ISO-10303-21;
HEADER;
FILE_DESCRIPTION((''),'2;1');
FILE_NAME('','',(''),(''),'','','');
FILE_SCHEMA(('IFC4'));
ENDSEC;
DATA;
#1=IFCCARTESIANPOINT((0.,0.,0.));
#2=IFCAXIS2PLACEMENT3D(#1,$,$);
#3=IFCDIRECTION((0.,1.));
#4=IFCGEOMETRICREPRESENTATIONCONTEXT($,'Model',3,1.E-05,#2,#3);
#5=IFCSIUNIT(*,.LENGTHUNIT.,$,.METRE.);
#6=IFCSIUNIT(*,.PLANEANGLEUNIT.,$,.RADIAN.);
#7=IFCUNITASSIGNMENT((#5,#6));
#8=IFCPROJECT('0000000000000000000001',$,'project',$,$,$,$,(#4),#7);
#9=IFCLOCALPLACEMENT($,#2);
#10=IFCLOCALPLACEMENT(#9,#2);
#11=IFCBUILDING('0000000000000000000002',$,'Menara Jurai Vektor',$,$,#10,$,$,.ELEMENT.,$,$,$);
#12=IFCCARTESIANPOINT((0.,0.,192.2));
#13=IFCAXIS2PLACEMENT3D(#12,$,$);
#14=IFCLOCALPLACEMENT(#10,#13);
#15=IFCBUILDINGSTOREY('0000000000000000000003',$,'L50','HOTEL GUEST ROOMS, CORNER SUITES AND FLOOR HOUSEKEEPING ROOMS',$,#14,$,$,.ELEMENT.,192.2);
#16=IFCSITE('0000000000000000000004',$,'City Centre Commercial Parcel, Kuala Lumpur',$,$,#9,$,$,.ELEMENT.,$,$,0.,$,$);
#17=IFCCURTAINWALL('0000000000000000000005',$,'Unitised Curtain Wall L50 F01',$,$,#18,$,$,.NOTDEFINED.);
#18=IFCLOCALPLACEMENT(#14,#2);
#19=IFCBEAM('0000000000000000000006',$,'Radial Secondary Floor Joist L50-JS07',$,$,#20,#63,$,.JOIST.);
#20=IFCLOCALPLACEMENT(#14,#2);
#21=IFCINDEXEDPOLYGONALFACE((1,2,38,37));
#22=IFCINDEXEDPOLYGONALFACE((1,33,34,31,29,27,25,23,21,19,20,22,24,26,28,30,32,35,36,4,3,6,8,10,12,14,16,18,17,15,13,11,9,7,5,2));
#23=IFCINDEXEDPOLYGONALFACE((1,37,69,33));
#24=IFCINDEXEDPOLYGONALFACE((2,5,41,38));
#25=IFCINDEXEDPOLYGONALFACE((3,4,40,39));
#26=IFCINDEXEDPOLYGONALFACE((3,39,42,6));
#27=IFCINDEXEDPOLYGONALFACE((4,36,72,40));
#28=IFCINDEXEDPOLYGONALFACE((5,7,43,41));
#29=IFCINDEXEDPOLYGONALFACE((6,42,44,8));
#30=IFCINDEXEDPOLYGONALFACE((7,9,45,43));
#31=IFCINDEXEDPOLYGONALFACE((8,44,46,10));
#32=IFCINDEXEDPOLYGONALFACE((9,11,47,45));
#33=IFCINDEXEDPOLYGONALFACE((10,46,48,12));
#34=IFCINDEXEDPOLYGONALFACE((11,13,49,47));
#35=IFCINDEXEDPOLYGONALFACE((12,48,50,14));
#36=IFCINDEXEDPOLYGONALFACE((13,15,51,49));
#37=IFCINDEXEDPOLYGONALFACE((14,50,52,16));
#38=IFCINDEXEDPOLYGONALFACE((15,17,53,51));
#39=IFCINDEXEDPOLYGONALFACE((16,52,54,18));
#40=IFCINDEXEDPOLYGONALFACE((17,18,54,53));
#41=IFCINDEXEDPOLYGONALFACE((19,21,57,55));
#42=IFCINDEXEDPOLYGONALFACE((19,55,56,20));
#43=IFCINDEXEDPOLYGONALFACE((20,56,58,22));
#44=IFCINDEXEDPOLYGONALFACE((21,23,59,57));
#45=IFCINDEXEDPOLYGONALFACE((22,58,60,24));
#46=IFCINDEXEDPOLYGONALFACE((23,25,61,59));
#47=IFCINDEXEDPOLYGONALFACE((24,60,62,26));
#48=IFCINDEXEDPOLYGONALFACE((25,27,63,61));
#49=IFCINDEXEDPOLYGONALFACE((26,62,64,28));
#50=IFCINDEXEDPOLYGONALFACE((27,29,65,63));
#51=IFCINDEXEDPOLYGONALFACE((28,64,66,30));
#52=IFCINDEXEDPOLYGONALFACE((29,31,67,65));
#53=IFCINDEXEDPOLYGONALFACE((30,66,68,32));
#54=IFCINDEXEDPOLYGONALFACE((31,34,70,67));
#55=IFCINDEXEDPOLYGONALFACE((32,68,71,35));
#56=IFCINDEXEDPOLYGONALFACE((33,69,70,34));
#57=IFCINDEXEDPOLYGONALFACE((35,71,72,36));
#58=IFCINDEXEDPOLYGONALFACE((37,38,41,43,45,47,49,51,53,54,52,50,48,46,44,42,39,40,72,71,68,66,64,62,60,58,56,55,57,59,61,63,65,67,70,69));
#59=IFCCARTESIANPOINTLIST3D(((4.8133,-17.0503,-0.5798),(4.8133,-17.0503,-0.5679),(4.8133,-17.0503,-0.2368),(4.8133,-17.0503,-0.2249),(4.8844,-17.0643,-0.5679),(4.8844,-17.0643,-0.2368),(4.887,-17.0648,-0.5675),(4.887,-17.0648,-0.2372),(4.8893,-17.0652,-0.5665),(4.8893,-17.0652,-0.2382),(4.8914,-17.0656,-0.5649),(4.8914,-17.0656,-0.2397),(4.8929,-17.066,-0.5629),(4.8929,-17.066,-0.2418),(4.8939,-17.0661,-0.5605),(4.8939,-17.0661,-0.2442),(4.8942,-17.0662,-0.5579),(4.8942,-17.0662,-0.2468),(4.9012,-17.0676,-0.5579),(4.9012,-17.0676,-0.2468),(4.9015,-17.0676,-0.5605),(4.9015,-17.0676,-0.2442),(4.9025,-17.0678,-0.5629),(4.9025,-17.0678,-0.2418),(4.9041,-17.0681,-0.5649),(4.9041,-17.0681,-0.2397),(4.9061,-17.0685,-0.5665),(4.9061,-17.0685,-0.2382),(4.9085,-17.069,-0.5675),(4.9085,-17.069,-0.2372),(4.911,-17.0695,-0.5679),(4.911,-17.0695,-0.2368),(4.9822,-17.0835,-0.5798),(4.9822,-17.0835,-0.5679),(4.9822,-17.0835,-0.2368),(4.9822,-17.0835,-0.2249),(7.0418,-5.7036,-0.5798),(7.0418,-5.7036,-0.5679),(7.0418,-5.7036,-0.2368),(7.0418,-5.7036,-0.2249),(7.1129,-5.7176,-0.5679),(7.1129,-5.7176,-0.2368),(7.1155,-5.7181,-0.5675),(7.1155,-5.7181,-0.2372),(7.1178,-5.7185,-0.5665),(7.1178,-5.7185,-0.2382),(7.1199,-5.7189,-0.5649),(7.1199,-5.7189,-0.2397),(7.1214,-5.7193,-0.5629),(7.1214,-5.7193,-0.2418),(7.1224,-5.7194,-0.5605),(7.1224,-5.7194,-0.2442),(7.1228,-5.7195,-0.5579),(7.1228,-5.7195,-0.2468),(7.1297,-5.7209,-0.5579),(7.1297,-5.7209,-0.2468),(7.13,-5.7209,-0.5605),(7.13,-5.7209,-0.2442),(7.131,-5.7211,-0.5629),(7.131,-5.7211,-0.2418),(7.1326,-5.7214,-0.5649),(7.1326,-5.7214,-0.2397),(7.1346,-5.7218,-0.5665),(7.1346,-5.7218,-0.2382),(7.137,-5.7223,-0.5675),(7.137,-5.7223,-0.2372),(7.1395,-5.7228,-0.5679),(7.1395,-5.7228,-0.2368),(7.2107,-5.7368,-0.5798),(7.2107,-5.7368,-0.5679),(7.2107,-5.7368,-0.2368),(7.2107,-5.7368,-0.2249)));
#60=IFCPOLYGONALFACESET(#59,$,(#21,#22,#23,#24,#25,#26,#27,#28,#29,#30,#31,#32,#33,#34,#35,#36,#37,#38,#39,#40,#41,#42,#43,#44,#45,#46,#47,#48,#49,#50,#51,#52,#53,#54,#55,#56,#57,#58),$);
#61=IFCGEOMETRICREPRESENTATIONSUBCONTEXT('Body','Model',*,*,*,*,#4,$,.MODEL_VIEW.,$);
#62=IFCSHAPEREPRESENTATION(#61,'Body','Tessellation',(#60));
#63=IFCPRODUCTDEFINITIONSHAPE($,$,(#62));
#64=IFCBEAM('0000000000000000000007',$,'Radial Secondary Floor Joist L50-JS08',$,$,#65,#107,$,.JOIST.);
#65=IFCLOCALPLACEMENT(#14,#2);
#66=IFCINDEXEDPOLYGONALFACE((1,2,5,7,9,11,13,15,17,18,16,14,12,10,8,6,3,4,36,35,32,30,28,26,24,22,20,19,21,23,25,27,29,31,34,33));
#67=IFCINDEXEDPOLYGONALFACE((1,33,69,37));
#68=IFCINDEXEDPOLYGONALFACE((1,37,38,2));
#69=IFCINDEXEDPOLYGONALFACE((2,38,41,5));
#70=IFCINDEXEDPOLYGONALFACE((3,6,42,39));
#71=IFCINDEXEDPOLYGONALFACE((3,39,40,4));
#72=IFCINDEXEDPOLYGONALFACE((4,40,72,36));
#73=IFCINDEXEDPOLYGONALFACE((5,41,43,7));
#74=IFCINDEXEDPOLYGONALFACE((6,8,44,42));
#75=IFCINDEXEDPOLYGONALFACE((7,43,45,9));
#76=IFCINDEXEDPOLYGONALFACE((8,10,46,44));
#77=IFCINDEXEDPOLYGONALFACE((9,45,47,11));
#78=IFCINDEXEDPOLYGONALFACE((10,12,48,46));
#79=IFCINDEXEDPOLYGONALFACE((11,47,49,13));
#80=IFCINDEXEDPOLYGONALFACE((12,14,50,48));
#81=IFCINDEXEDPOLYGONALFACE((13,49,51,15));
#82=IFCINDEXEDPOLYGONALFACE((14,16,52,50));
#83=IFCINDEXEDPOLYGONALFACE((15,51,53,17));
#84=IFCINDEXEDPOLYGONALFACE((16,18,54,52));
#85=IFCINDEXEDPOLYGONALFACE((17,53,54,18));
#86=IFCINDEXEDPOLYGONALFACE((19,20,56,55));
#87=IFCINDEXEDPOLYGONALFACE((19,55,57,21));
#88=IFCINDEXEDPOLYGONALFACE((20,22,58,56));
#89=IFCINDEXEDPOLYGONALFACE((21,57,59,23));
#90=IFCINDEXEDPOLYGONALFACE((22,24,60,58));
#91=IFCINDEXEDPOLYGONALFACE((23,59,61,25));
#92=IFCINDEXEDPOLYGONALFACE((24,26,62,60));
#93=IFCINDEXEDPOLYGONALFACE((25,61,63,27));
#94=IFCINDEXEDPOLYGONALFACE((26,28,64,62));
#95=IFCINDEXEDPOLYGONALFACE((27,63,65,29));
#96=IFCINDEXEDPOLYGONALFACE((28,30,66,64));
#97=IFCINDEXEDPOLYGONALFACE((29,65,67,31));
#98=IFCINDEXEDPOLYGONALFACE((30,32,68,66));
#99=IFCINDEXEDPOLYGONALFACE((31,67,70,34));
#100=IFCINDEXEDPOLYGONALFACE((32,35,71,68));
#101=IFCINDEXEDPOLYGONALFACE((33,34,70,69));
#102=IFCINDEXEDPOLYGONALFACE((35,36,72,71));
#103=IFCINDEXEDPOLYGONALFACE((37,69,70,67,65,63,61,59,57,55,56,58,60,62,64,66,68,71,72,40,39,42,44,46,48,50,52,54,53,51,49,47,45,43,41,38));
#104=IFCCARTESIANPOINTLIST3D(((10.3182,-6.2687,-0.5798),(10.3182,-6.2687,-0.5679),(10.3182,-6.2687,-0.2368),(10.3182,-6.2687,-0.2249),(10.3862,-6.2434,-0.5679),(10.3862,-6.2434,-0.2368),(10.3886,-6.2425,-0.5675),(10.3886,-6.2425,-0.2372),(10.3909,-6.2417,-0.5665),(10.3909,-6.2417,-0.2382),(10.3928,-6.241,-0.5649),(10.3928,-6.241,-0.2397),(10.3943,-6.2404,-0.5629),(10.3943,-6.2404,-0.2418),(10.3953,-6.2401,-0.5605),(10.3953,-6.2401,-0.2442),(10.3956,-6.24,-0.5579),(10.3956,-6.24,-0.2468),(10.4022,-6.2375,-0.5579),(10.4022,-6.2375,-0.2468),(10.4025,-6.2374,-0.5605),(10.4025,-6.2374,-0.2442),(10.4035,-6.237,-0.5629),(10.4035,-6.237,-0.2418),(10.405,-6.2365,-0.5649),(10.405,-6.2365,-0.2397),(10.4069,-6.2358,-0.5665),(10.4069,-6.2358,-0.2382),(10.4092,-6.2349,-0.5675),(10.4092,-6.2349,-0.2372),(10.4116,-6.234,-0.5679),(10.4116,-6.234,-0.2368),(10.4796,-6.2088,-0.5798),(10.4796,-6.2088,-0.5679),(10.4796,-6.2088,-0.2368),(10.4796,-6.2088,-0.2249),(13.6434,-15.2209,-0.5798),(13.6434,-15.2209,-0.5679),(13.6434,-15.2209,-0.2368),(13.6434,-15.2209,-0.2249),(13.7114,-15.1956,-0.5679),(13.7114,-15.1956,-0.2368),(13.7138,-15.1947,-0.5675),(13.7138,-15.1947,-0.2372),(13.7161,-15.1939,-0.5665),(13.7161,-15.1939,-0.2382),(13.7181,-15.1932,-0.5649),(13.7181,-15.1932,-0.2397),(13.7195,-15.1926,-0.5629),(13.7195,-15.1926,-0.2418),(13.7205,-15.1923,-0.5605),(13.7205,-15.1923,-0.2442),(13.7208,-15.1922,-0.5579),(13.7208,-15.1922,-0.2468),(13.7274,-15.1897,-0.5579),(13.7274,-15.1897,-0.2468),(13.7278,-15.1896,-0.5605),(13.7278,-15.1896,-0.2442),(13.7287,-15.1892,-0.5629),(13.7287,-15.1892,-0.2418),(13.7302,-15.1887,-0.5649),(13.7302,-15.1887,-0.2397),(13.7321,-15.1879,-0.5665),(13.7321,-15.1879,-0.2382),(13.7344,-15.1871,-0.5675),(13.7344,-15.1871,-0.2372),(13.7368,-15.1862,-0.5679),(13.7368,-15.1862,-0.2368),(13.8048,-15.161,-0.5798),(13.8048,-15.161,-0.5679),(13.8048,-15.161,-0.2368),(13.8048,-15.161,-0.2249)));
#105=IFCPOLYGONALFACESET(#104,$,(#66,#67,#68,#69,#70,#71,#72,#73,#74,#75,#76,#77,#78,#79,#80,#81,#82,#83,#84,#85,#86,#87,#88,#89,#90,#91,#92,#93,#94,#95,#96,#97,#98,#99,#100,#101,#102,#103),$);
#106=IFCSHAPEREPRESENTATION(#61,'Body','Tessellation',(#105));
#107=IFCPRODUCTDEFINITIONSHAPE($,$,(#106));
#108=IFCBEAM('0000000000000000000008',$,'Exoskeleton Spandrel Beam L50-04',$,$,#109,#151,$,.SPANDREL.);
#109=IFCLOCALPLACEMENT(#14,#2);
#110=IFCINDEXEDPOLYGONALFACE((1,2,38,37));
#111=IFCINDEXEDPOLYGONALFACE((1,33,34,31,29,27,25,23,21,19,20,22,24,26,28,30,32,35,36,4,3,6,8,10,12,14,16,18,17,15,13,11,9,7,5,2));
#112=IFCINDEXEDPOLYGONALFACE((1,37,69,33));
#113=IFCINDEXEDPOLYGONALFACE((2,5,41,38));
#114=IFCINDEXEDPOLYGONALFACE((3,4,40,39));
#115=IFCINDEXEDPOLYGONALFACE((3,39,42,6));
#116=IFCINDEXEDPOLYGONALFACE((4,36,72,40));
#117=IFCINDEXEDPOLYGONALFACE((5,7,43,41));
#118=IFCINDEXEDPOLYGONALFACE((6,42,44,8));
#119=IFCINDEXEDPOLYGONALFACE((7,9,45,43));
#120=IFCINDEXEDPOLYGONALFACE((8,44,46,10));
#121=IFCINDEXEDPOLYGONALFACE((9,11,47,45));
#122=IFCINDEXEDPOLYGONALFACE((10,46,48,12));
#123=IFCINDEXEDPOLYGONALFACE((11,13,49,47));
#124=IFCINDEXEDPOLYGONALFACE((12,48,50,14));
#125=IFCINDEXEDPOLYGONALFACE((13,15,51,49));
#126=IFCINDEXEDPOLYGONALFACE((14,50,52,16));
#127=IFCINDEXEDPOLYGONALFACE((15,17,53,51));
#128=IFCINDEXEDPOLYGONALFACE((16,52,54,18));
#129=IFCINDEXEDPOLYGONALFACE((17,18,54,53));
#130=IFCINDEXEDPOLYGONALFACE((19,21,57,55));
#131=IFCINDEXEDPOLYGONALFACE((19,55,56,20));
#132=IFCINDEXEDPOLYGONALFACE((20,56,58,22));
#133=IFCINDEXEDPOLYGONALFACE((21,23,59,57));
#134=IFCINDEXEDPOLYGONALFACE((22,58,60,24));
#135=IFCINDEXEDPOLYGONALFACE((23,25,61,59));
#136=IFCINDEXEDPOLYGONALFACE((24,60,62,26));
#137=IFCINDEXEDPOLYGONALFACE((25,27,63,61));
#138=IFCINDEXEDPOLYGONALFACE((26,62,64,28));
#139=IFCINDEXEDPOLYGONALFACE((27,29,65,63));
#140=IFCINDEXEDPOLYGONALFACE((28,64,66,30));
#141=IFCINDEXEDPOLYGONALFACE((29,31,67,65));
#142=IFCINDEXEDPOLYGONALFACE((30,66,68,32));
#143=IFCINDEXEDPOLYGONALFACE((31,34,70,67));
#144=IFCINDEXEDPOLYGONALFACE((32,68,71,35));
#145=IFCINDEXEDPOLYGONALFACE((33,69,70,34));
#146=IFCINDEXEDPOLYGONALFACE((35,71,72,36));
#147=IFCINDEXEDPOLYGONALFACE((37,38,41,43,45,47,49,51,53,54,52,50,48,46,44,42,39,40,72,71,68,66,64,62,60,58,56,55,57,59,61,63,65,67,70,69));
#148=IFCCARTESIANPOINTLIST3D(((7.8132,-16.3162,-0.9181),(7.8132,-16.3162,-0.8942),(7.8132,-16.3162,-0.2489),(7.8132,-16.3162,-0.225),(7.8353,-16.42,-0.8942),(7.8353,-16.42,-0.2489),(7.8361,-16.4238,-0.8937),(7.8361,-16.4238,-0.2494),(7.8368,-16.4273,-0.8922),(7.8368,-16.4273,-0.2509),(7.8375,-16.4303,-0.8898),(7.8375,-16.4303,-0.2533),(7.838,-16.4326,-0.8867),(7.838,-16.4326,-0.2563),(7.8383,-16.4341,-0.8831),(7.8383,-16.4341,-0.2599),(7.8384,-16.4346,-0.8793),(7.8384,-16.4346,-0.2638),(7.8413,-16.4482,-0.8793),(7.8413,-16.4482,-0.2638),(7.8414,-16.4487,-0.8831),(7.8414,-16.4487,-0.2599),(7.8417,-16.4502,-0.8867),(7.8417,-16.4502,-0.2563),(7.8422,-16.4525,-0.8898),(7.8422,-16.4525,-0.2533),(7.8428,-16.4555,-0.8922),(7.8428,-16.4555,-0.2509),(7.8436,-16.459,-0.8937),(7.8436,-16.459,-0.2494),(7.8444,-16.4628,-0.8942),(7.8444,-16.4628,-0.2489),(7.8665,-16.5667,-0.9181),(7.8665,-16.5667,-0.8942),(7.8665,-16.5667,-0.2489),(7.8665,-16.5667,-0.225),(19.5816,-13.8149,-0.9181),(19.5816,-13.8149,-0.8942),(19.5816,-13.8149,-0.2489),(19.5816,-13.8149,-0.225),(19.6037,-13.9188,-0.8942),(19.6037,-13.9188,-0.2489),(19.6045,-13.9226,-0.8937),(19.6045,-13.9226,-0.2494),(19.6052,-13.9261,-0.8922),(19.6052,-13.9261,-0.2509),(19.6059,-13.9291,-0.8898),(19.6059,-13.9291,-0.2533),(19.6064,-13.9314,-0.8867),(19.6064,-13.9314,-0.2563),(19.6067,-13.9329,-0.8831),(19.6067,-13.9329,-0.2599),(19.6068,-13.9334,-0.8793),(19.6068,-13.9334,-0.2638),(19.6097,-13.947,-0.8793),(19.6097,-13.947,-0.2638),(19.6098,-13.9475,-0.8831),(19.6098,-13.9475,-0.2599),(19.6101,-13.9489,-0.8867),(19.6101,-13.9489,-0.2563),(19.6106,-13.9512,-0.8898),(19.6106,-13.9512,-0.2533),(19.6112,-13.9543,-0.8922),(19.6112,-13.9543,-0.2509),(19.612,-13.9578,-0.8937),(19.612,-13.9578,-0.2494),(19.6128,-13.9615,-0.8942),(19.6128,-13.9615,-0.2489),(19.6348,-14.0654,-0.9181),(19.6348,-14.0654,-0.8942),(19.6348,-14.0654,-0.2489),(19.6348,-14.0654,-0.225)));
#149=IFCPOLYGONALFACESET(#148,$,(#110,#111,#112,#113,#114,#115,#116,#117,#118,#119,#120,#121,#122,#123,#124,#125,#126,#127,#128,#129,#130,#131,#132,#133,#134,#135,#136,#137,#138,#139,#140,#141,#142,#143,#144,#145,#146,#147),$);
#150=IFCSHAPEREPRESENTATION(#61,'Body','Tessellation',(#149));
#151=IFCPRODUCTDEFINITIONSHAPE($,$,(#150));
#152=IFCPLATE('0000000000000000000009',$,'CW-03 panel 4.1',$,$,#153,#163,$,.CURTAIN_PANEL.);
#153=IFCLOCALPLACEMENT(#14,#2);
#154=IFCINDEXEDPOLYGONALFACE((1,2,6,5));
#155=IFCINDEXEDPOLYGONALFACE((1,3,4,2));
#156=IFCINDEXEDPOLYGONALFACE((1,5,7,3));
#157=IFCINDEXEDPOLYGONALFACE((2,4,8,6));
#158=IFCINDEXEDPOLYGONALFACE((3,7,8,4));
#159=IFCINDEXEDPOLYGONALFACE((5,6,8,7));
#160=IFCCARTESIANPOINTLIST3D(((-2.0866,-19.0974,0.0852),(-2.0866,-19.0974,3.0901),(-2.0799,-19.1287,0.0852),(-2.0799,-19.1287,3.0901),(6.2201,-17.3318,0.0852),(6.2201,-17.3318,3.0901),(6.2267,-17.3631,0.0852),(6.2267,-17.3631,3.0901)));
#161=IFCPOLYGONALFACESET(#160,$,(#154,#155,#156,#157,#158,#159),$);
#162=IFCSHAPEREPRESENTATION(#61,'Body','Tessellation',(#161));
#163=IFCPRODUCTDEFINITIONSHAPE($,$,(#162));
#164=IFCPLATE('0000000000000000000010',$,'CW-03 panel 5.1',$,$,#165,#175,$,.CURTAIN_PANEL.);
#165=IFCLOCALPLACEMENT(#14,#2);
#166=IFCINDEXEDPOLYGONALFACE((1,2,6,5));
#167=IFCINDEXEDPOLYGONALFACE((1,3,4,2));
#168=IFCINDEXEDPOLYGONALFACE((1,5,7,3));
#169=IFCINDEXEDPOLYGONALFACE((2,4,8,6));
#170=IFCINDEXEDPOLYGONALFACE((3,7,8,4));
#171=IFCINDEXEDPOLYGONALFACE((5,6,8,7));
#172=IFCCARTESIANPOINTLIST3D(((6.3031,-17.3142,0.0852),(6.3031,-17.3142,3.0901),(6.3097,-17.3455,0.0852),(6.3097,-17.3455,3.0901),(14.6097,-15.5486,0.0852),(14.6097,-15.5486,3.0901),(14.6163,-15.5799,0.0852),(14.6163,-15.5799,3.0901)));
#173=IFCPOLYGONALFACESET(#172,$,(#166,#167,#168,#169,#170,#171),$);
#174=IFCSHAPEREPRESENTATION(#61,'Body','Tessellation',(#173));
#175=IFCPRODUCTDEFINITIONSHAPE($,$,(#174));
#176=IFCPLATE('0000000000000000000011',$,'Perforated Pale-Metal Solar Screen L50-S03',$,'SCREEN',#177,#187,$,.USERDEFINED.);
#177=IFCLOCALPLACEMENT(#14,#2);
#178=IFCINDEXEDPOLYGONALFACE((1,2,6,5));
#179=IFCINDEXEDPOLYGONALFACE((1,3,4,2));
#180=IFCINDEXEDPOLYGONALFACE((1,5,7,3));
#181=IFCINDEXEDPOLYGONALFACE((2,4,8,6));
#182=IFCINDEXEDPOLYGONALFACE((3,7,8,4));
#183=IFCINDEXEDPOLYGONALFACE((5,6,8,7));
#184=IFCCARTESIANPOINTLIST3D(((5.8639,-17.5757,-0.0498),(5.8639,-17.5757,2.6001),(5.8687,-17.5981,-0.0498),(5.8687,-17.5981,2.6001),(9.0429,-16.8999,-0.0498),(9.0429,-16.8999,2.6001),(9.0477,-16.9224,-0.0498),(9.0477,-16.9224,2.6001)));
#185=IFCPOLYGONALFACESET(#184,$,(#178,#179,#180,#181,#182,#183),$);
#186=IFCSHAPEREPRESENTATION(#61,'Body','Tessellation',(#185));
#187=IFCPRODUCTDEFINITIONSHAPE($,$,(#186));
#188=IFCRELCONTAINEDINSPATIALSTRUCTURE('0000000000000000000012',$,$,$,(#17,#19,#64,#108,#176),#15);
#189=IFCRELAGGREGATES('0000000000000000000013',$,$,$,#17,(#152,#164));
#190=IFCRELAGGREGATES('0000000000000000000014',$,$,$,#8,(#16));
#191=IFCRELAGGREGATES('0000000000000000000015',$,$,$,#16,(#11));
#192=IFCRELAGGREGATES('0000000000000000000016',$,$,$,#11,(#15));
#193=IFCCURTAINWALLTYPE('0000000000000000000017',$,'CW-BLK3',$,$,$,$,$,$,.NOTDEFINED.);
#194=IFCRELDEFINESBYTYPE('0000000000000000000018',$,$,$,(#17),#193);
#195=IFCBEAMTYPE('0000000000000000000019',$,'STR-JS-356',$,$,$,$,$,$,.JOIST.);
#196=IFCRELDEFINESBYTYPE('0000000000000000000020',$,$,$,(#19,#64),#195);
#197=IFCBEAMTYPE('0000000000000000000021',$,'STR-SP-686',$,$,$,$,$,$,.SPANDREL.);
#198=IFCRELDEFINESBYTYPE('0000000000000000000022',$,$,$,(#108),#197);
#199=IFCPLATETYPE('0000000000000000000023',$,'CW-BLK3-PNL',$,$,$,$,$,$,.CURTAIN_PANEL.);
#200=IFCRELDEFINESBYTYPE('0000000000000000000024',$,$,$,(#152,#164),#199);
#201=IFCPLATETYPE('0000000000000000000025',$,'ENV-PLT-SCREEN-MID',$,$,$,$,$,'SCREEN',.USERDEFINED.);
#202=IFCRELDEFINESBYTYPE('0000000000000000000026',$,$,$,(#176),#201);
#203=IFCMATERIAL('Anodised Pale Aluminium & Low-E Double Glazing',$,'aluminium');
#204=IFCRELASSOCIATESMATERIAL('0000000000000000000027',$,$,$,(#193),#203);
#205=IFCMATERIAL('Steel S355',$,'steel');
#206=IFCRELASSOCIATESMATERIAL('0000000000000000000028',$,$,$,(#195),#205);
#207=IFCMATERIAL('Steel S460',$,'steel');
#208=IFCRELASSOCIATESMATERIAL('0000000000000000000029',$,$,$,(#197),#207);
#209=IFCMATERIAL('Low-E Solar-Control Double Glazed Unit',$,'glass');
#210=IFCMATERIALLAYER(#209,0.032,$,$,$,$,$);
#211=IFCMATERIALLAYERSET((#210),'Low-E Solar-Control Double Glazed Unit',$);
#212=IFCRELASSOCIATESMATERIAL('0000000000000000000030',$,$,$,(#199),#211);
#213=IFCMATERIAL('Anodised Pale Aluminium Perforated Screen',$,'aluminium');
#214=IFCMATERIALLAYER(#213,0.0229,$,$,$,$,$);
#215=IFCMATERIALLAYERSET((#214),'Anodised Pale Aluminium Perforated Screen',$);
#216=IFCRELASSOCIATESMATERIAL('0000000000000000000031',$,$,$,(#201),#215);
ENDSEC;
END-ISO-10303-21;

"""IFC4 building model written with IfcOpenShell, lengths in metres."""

from ifc_helpers import new_model, si_unit, direction, frame, origin, origin_2d, place, context, subcontext, project, spatial, rectangle, i_section, extrude, material, layer, layer_set, material_profile, profile_set, type_object, element, aggregate, save


model = new_model("IFC4")

# Units and contexts
model_context = context("Model", 3, precision=1e-05, world=origin(), true_north=direction((0.0, 1.0)))
body_context = subcontext(model_context, "Body", "Model", "MODEL_VIEW")
ifc_project = project(units=[si_unit("LENGTHUNIT", "METRE"), si_unit("PLANEANGLEUNIT", "RADIAN")], contexts=[model_context])

# Site, building, storey
site_placement = place(None, origin())
site = spatial("IfcSite", under=ifc_project, at=site_placement, Name="City Centre Commercial Parcel, Kuala Lumpur", CompositionType="ELEMENT", RefElevation=0.0)
building_placement = place(site_placement, origin())
building = spatial("IfcBuilding", under=site, at=building_placement, Name="Menara Jurai Vektor", CompositionType="ELEMENT")
storey_placement = place(building_placement, frame((0.0, 0.0, 192.2)))
storey = spatial("IfcBuildingStorey", under=building, at=storey_placement, Name="L50", Description="HOTEL GUEST ROOMS, CORNER SUITES AND FLOOR HOUSEKEEPING ROOMS", CompositionType="ELEMENT", Elevation=192.2)

# Shared definitions
ifc_material_1 = material(Name="Steel S460", Category="steel")

# Curtain wall
ifc_material_2 = material(Name="Anodised Pale Aluminium & Low-E Double Glazing", Category="aluminium")
curtain_wall_type = type_object("IfcCurtainWallType", Name="CW-BLK3", PredefinedType="NOTDEFINED", material=ifc_material_2)
curtain_wall_placement = place(storey_placement, origin())
curtain_wall = element("IfcCurtainWall", 1, at=curtain_wall_placement, inside=storey, type_object=curtain_wall_type, Name="Unitised Curtain Wall L50 F01", PredefinedType="NOTDEFINED")

# Beams
ifc_material_3 = material(Name="Steel S355", Category="steel")
ifc_material_profile_1 = material_profile(ifc_material_3, i_section(OverallWidth=0.1721, OverallDepth=0.355, WebThickness=0.0071, FlangeThickness=0.012, FilletRadius=0.01, at=origin_2d()), Name="UKB 356x171x51")
ifc_profile_set_1 = profile_set([ifc_material_profile_1], Name="Steel S355")
beam_type_1 = type_object("IfcBeamType", Name="STR-JS-356", PredefinedType="JOIST", material=ifc_profile_set_1)
beam_1_placement = place(storey_placement, frame((4.8977, -17.0669, -0.4023), z_axis=(0.192721, 0.981254, 0.0), x_axis=(-0.981254, 0.192721, 0.0)))
element("IfcBeam", 2, at=beam_1_placement, inside=storey, type_object=beam_type_1, Name="Radial Secondary Floor Joist L50-JS07", PredefinedType="JOIST", context=body_context, shape_type="SweptSolid", body=[
    extrude(i_section(OverallWidth=0.1721, OverallDepth=0.355, WebThickness=0.0071, FlangeThickness=0.012, FilletRadius=0.01, at=origin_2d()), origin(), (0.0, 0.0, 1.0), 11.5635),
])
beam_2_placement = place(storey_placement, frame((13.7241, -15.1909, -0.4023), z_axis=(-0.348197, 0.937421, 0.0), x_axis=(-0.937421, -0.348197, 0.0)))
element("IfcBeam", 3, at=beam_2_placement, inside=storey, type_object=beam_type_1, Name="Radial Secondary Floor Joist L50-JS08", PredefinedType="JOIST", context=body_context, shape_type="SweptSolid", body=[
    extrude(i_section(OverallWidth=0.1721, OverallDepth=0.355, WebThickness=0.0071, FlangeThickness=0.012, FilletRadius=0.01, at=origin_2d()), origin(), (0.0, 0.0, 1.0), 9.5498),
])
ifc_material_profile_2 = material_profile(ifc_material_1, i_section(OverallWidth=0.2561, OverallDepth=0.6931, WebThickness=0.0139, FlangeThickness=0.0239, FilletRadius=0.0149, at=origin_2d()), Name="UKB 686x254x170")
ifc_profile_set_2 = profile_set([ifc_material_profile_2], Name="Steel S460")
beam_type_2 = type_object("IfcBeamType", Name="STR-SP-686", PredefinedType="SPANDREL", material=ifc_profile_set_2)
beam_3_placement = place(storey_placement, frame((7.8398, -16.4414, -0.5715), z_axis=(0.978151, 0.207895, 0.0), x_axis=(-0.207895, 0.978151, 0.0)))
element("IfcBeam", 4, at=beam_3_placement, inside=storey, type_object=beam_type_2, Name="Exoskeleton Spandrel Beam L50-04", PredefinedType="SPANDREL", context=body_context, shape_type="SweptSolid", body=[
    extrude(i_section(OverallWidth=0.2561, OverallDepth=0.6931, WebThickness=0.0139, FlangeThickness=0.0239, FilletRadius=0.0149, at=origin_2d()), origin(), (0.0, 0.0, 1.0), 12.0312),
])

# Plates
ifc_material_4 = material(Name="Low-E Solar-Control Double Glazed Unit", Category="glass")
ifc_layer_1 = layer(ifc_material_4, 0.032)
ifc_layer_set_1 = layer_set([ifc_layer_1], Name="Low-E Solar-Control Double Glazed Unit")
plate_type_1 = type_object("IfcPlateType", Name="CW-BLK3-PNL", PredefinedType="CURTAIN_PANEL", material=ifc_layer_set_1)
plate_1_placement = place(storey_placement, frame((2.0701, -18.2302, 0.0852), z_axis=(0.0, 0.0, 1.0), x_axis=(0.978148, 0.207911, 0.0)))
plate_1 = element("IfcPlate", 5, at=plate_1_placement, type_object=plate_type_1, Name="CW-03 panel 4.1", PredefinedType="CURTAIN_PANEL", context=body_context, shape_type="SweptSolid", body=[
    extrude(rectangle(XDim=8.4922, YDim=0.032, at=origin_2d()), origin(), (0.0, 0.0, 1.0), 3.0049),
])
plate_2_placement = place(storey_placement, frame((10.4597, -16.447, 0.0852), z_axis=(0.0, 0.0, 1.0), x_axis=(0.978148, 0.207911, 0.0)))
plate_2 = element("IfcPlate", 6, at=plate_2_placement, type_object=plate_type_1, Name="CW-03 panel 5.1", PredefinedType="CURTAIN_PANEL", context=body_context, shape_type="SweptSolid", body=[
    extrude(rectangle(XDim=8.4922, YDim=0.032, at=origin_2d()), origin(), (0.0, 0.0, 1.0), 3.0049),
])
aggregate(curtain_wall, [plate_1, plate_2])
ifc_material_5 = material(Name="Anodised Pale Aluminium Perforated Screen", Category="aluminium")
ifc_layer_2 = layer(ifc_material_5, 0.0229)
ifc_layer_set_2 = layer_set([ifc_layer_2], Name="Anodised Pale Aluminium Perforated Screen")
plate_type_2 = type_object("IfcPlateType", Name="ENV-PLT-SCREEN-MID", ElementType="SCREEN", PredefinedType="USERDEFINED", material=ifc_layer_set_2)
plate_3_placement = place(storey_placement, frame((7.4558, -17.249, -0.0498), z_axis=(0.0, 0.0, 1.0), x_axis=(0.978148, 0.207912, 0.0)))
element("IfcPlate", 7, at=plate_3_placement, inside=storey, type_object=plate_type_2, Name="Perforated Pale-Metal Solar Screen L50-S03", ObjectType="SCREEN", PredefinedType="USERDEFINED", context=body_context, shape_type="SweptSolid", body=[
    extrude(rectangle(XDim=3.25, YDim=0.0229, at=origin_2d()), origin(), (0.0, 0.0, 1.0), 2.6499),
])

save(model, "model.ifc")
